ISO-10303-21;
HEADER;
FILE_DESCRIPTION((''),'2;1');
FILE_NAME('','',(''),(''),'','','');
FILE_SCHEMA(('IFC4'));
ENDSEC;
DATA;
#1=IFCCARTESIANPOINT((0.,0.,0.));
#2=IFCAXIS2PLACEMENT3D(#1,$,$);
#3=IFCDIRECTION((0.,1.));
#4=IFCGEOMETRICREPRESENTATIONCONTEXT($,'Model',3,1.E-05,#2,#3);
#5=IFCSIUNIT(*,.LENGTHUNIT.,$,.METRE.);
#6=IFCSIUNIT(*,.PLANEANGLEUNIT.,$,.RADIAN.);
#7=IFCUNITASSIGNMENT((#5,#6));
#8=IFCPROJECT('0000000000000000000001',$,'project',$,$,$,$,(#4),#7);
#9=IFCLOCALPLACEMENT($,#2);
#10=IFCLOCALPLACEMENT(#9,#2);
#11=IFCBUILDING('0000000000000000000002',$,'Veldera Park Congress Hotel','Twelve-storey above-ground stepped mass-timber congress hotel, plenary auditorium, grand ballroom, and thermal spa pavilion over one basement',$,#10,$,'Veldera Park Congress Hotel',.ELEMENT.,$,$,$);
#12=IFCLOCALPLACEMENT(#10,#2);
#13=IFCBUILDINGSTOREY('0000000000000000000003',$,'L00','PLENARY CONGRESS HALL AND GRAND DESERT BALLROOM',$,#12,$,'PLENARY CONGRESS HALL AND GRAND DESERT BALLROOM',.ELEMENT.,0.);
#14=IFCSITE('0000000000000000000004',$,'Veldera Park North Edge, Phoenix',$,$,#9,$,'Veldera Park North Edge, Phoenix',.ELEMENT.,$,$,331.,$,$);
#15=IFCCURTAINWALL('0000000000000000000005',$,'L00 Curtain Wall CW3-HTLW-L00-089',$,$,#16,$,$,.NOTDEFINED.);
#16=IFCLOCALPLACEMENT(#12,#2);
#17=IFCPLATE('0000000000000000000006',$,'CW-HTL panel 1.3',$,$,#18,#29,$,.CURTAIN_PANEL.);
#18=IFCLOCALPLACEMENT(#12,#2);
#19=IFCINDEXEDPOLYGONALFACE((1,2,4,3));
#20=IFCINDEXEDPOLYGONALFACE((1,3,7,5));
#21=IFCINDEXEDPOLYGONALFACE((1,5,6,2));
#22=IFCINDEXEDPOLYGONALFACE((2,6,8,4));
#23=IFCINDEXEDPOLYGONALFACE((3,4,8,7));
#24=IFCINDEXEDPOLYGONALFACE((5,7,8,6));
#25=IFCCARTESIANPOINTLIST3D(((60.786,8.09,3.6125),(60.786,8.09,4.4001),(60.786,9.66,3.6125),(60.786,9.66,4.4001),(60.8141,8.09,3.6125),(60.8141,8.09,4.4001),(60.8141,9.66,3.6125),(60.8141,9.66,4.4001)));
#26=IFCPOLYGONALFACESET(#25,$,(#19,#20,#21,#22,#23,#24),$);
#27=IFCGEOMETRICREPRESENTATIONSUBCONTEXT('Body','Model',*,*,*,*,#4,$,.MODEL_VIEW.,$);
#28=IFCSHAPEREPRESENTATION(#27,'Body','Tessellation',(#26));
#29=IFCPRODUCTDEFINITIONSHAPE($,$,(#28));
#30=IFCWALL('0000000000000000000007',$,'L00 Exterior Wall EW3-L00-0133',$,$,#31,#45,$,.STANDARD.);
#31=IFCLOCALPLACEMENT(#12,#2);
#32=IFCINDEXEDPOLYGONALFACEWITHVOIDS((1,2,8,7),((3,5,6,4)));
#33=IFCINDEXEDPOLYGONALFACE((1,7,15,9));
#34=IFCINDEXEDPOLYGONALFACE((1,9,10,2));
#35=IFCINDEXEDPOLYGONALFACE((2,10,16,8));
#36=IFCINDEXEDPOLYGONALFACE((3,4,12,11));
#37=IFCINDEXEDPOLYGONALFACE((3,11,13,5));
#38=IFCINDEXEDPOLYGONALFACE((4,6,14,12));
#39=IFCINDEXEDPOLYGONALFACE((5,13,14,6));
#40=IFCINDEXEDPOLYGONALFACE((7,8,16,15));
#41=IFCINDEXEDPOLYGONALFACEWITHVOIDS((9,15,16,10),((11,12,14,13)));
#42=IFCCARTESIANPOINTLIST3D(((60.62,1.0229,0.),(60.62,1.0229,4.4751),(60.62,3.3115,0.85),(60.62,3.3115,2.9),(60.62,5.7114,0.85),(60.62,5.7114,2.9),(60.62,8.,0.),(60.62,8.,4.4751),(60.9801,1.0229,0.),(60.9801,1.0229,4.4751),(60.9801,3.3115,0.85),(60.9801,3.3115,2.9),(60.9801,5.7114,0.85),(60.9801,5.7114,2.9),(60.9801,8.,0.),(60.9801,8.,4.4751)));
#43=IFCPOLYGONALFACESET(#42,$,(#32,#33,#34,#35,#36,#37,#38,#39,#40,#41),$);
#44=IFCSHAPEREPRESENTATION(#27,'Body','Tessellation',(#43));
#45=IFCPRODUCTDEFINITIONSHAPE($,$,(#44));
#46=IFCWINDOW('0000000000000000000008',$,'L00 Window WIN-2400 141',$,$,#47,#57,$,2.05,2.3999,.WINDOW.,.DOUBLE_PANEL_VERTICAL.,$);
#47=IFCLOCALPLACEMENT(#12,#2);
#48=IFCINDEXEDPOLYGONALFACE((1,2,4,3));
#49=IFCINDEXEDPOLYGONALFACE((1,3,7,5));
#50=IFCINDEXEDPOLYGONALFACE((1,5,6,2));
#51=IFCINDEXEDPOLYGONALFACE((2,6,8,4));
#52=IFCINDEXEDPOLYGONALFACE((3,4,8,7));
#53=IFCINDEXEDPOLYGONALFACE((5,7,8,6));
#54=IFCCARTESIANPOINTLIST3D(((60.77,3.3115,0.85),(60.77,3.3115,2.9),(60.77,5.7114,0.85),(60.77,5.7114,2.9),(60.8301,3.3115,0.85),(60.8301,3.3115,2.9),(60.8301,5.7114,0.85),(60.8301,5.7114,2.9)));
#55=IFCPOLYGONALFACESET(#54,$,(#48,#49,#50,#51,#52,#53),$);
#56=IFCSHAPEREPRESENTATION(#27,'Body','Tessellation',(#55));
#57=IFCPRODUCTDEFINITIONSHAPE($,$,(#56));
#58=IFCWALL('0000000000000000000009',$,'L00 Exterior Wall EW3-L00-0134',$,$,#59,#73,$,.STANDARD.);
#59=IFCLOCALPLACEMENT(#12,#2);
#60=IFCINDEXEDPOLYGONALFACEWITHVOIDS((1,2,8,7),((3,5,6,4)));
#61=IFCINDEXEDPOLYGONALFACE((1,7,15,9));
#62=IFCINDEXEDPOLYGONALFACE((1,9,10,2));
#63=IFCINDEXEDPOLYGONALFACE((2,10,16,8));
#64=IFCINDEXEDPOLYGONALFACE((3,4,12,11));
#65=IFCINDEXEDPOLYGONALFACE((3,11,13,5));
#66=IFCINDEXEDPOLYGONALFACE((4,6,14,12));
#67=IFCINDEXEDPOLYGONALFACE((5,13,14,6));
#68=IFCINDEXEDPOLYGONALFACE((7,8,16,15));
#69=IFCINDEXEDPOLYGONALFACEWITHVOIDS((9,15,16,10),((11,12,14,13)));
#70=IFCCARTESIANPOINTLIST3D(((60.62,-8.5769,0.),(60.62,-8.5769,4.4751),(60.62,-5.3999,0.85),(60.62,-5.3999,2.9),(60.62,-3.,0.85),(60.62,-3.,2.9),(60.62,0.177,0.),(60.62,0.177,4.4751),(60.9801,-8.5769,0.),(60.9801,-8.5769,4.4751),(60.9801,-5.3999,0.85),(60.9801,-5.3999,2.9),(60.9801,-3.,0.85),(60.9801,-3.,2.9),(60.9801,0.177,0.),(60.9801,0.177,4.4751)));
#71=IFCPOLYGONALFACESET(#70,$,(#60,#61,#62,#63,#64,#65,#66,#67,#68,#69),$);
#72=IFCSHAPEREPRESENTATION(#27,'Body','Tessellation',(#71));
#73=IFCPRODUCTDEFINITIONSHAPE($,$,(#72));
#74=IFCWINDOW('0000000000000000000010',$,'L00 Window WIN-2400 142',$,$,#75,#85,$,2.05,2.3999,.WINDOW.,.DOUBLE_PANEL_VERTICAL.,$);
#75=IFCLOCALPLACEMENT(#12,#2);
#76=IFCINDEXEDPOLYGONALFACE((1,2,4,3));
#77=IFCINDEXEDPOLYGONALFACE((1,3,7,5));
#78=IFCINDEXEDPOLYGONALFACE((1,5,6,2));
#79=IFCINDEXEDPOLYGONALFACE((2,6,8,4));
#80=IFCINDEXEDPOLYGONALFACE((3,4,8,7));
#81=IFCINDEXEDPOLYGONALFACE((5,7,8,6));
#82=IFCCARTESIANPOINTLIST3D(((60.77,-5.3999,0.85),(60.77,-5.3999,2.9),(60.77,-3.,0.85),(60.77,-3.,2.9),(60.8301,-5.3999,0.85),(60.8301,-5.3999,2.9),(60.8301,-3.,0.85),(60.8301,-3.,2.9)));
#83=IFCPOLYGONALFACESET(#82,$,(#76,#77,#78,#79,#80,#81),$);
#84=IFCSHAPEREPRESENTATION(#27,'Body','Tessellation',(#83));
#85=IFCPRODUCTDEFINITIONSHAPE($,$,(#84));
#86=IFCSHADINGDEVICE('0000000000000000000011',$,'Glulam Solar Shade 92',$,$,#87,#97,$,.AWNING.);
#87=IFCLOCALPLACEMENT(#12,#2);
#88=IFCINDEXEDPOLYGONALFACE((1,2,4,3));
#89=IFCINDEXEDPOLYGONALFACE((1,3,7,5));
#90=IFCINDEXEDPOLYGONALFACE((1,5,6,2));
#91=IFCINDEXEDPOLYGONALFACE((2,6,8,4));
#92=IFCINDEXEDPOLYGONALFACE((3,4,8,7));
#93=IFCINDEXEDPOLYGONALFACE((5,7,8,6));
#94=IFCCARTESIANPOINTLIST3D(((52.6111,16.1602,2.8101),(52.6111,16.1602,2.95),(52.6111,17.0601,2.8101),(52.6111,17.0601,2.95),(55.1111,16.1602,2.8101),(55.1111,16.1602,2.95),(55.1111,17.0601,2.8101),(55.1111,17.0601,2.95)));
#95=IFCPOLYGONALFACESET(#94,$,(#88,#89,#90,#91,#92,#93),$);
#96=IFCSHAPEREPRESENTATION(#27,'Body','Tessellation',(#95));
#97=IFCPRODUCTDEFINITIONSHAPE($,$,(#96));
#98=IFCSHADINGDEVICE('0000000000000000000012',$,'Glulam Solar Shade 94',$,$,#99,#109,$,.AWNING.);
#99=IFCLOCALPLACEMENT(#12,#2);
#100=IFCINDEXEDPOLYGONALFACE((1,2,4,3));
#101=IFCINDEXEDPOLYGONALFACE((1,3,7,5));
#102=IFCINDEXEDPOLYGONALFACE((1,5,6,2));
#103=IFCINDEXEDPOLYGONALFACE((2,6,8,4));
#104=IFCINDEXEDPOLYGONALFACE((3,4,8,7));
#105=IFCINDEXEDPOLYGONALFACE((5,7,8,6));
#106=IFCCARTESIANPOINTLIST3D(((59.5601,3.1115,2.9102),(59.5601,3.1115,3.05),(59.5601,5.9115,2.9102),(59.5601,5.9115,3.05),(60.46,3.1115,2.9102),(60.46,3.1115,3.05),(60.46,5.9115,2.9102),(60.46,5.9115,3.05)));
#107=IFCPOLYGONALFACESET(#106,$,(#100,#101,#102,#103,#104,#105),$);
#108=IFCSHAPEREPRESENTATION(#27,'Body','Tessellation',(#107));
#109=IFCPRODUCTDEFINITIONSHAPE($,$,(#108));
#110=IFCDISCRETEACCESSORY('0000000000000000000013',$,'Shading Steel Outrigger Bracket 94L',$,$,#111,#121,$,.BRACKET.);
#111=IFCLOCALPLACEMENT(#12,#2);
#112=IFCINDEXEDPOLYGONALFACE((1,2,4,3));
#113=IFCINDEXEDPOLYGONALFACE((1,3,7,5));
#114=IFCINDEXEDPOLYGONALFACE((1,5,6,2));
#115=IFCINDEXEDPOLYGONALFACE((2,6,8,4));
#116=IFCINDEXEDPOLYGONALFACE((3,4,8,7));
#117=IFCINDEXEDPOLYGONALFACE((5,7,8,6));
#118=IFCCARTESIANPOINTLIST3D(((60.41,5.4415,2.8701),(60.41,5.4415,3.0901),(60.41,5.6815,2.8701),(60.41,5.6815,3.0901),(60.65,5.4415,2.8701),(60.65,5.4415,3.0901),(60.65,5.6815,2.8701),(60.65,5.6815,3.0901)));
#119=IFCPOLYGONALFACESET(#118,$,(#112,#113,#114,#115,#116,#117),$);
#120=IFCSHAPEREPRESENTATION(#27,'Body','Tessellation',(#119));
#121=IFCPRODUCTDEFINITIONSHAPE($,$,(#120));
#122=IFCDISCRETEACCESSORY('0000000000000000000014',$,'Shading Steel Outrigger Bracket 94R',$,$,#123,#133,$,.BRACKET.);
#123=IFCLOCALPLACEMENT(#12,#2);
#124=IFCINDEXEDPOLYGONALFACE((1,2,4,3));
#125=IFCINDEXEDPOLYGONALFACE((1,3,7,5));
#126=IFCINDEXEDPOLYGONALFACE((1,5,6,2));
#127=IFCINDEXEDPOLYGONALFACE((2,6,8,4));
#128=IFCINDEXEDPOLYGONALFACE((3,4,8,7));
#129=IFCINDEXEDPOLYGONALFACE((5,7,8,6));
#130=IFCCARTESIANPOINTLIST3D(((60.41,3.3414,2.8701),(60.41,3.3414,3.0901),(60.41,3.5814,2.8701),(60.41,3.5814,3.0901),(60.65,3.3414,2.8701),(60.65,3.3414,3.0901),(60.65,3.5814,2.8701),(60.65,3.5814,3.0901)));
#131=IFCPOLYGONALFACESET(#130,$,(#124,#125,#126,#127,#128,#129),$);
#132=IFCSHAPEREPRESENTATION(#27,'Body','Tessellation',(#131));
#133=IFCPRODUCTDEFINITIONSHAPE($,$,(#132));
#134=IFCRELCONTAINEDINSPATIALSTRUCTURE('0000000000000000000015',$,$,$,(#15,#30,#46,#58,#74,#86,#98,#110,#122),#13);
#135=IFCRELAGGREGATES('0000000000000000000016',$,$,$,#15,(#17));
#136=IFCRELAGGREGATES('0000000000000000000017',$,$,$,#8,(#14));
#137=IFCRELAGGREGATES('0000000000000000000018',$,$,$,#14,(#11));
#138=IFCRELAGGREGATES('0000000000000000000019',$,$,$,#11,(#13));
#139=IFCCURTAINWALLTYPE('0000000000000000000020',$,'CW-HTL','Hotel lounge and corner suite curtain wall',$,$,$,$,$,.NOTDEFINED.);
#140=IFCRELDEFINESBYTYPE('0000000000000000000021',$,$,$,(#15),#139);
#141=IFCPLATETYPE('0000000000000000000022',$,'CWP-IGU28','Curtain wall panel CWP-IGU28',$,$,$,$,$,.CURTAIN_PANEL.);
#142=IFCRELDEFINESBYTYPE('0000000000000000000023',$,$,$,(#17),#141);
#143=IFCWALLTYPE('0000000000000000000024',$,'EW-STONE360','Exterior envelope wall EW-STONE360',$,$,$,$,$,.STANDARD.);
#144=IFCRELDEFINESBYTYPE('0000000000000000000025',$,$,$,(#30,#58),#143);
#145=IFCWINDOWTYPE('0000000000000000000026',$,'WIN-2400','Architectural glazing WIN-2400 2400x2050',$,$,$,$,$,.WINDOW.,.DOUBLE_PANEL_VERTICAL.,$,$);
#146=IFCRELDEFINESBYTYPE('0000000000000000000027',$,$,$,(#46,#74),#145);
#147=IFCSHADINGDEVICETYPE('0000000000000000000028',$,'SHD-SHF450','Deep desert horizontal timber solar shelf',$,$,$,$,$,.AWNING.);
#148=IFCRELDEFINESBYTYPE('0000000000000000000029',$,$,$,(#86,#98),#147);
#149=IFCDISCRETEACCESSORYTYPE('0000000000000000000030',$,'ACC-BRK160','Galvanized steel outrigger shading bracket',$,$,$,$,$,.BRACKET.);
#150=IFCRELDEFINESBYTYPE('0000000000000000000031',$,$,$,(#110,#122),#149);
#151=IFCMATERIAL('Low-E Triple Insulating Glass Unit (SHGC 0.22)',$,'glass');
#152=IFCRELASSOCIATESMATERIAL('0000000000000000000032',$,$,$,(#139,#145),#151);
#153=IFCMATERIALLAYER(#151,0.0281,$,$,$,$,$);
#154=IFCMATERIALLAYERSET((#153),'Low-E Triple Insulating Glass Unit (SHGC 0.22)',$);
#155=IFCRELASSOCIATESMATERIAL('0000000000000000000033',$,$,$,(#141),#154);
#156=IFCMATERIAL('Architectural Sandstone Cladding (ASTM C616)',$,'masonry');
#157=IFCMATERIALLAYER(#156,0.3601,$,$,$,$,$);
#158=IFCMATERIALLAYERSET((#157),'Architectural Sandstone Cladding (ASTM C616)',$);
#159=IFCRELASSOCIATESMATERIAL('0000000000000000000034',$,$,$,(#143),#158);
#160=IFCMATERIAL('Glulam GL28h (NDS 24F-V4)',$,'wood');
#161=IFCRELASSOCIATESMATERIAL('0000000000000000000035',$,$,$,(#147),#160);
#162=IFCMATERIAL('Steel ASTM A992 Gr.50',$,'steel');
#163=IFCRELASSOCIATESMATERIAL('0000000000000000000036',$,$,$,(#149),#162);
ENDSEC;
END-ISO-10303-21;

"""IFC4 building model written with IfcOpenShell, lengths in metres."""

from ifc_helpers import new_model, si_unit, direction, frame, frame_2d, origin, origin_2d, place, context, subcontext, project, spatial, rectangle, extrude, material, layer, layer_set, type_object, element, fill, aggregate, save


model = new_model("IFC4")

# Units and contexts
model_context = context("Model", 3, precision=1e-05, world=origin(), true_north=direction((0.0, 1.0)))
body_context = subcontext(model_context, "Body", "Model", "MODEL_VIEW")
ifc_project = project(units=[si_unit("LENGTHUNIT", "METRE"), si_unit("PLANEANGLEUNIT", "RADIAN")], contexts=[model_context])

# Site, building, storey
site_placement = place(None, origin())
site = spatial("IfcSite", under=ifc_project, at=site_placement, Name="Veldera Park North Edge, Phoenix", LongName="Veldera Park North Edge, Phoenix", CompositionType="ELEMENT", RefElevation=331.0)
building_placement = place(site_placement, origin())
building = spatial("IfcBuilding", under=site, at=building_placement, Name="Veldera Park Congress Hotel", Description="Twelve-storey above-ground stepped mass-timber congress hotel, plenary auditorium, grand ballroom, and thermal spa pavilion over one basement", LongName="Veldera Park Congress Hotel", CompositionType="ELEMENT")
storey_placement = place(building_placement, origin())
storey = spatial("IfcBuildingStorey", under=building, at=storey_placement, Name="L00", Description="PLENARY CONGRESS HALL AND GRAND DESERT BALLROOM", LongName="PLENARY CONGRESS HALL AND GRAND DESERT BALLROOM", CompositionType="ELEMENT", Elevation=0.0)

# Shared definitions
ifc_material_1 = material(Name="Glulam GL28h (NDS 24F-V4)", Category="wood")
ifc_material_2 = material(Name="Steel ASTM A992 Gr.50", Category="steel")

# Curtain wall, plate
ifc_material_3 = material(Name="Low-E Triple Insulating Glass Unit (SHGC 0.22)", Category="glass")
curtain_wall_type = type_object("IfcCurtainWallType", Name="CW-HTL", Description="Hotel lounge and corner suite curtain wall", PredefinedType="NOTDEFINED", material=ifc_material_3)
curtain_wall_placement = place(storey_placement, origin())
curtain_wall = element("IfcCurtainWall", 1, at=curtain_wall_placement, inside=storey, type_object=curtain_wall_type, Name="L00 Curtain Wall CW3-HTLW-L00-089", PredefinedType="NOTDEFINED")
ifc_layer_1 = layer(ifc_material_3, 0.0281)
ifc_layer_set_1 = layer_set([ifc_layer_1], Name="Low-E Triple Insulating Glass Unit (SHGC 0.22)")
plate_type = type_object("IfcPlateType", Name="CWP-IGU28", Description="Curtain wall panel CWP-IGU28", PredefinedType="CURTAIN_PANEL", material=ifc_layer_set_1)
plate_1_placement = place(storey_placement, frame((60.8, 8.875, 3.6125), z_axis=(0.0, 0.0, 1.0), x_axis=(0.0, -1.0, 0.0)))
plate_1 = element("IfcPlate", 2, at=plate_1_placement, type_object=plate_type, Name="CW-HTL panel 1.3", PredefinedType="CURTAIN_PANEL", context=body_context, shape_type="SweptSolid", body=[
    extrude(rectangle(XDim=1.5701, YDim=0.0281, at=origin_2d()), origin(), (0.0, 0.0, 1.0), 0.7876),
])
aggregate(curtain_wall, [plate_1])

# Walls, openings, windows
ifc_material_4 = material(Name="Architectural Sandstone Cladding (ASTM C616)", Category="masonry")
ifc_layer_2 = layer(ifc_material_4, 0.3601)
ifc_layer_set_2 = layer_set([ifc_layer_2], Name="Architectural Sandstone Cladding (ASTM C616)")
wall_type = type_object("IfcWallType", Name="EW-STONE360", Description="Exterior envelope wall EW-STONE360", PredefinedType="STANDARD", material=ifc_layer_set_2)
wall_1_placement = place(storey_placement, frame((60.8, 8.0, 0.0), z_axis=(0.0, 0.0, 1.0), x_axis=(0.0, -1.0, 0.0)))
wall_1 = element("IfcWall", 3, at=wall_1_placement, inside=storey, type_object=wall_type, Name="L00 Exterior Wall EW3-L00-0133", PredefinedType="STANDARD", context=body_context, shape_type="SweptSolid", body=[
    extrude(rectangle(XDim=6.9771, YDim=0.3601, at=frame_2d((3.4885, 0.0))), origin(), (0.0, 0.0, 1.0), 4.4751),
])
opening_1_placement = place(wall_1_placement, frame((2.2886, 0.0, 0.8501)))
opening_1 = element("IfcOpeningElement", 4, at=opening_1_placement, cuts=wall_1, PredefinedType="OPENING", context=body_context, shape_type="SweptSolid", body=[
    extrude(rectangle(XDim=2.3999, YDim=2.05, at=frame_2d((1.2, 1.0249))), frame((0.0, 0.1921, 0.0), z_axis=(0.0, -1.0, 0.0), x_axis=(1.0, 0.0, 0.0)), (0.0, 0.0, 1.0), 0.384),
])
window_type = type_object("IfcWindowType", Name="WIN-2400", Description="Architectural glazing WIN-2400 2400x2050", PartitioningType="DOUBLE_PANEL_VERTICAL", PredefinedType="WINDOW", material=ifc_material_3)
window_1_placement = place(opening_1_placement, origin())
window_1 = element("IfcWindow", 5, at=window_1_placement, inside=storey, type_object=window_type, Name="L00 Window WIN-2400 141", OverallHeight=2.05, OverallWidth=2.3999, PartitioningType="DOUBLE_PANEL_VERTICAL", PredefinedType="WINDOW", context=body_context, shape_type="SweptSolid", body=[
    extrude(rectangle(XDim=2.3999, YDim=2.05, at=frame_2d((1.2, 1.0249))), frame((0.0, 0.03, 0.0), z_axis=(0.0, -1.0, 0.0), x_axis=(1.0, 0.0, 0.0)), (0.0, 0.0, 1.0), 0.0601),
])
fill(opening_1, window_1)
wall_2_placement = place(storey_placement, frame((60.8, 0.177, 0.0), z_axis=(0.0, 0.0, 1.0), x_axis=(0.0, -1.0, 0.0)))
wall_2 = element("IfcWall", 6, at=wall_2_placement, inside=storey, type_object=wall_type, Name="L00 Exterior Wall EW3-L00-0134", PredefinedType="STANDARD", context=body_context, shape_type="SweptSolid", body=[
    extrude(rectangle(XDim=8.7539, YDim=0.3601, at=frame_2d((4.377, 0.0))), origin(), (0.0, 0.0, 1.0), 4.4751),
])
opening_2_placement = place(wall_2_placement, frame((3.177, 0.0, 0.8501)))
opening_2 = element("IfcOpeningElement", 7, at=opening_2_placement, cuts=wall_2, PredefinedType="OPENING", context=body_context, shape_type="SweptSolid", body=[
    extrude(rectangle(XDim=2.3999, YDim=2.05, at=frame_2d((1.2, 1.0249))), frame((0.0, 0.1921, 0.0), z_axis=(0.0, -1.0, 0.0), x_axis=(1.0, 0.0, 0.0)), (0.0, 0.0, 1.0), 0.384),
])
window_2_placement = place(opening_2_placement, origin())
window_2 = element("IfcWindow", 8, at=window_2_placement, inside=storey, type_object=window_type, Name="L00 Window WIN-2400 142", OverallHeight=2.05, OverallWidth=2.3999, PartitioningType="DOUBLE_PANEL_VERTICAL", PredefinedType="WINDOW", context=body_context, shape_type="SweptSolid", body=[
    extrude(rectangle(XDim=2.3999, YDim=2.05, at=frame_2d((1.2, 1.0249))), frame((0.0, 0.03, 0.0), z_axis=(0.0, -1.0, 0.0), x_axis=(1.0, 0.0, 0.0)), (0.0, 0.0, 1.0), 0.0601),
])
fill(opening_2, window_2)

# Shading devices
shading_device_type = type_object("IfcShadingDeviceType", Name="SHD-SHF450", Description="Deep desert horizontal timber solar shelf", PredefinedType="AWNING", material=ifc_material_1)
shading_device_1_placement = place(storey_placement, frame((53.8611, 16.6101, 2.8101), z_axis=(0.0, 0.0, 1.0), x_axis=(1.0, 0.0, 0.0)))
element("IfcShadingDevice", 9, at=shading_device_1_placement, inside=storey, type_object=shading_device_type, Name="Glulam Solar Shade 92", PredefinedType="AWNING", context=body_context, shape_type="SweptSolid", body=[
    extrude(rectangle(XDim=2.5, YDim=0.8999, at=origin_2d()), origin(), (0.0, 0.0, 1.0), 0.1399),
])
shading_device_2_placement = place(storey_placement, frame((60.01, 4.5115, 2.9102), z_axis=(0.0, 0.0, 1.0), x_axis=(0.0, -1.0, 0.0)))
element("IfcShadingDevice", 10, at=shading_device_2_placement, inside=storey, type_object=shading_device_type, Name="Glulam Solar Shade 94", PredefinedType="AWNING", context=body_context, shape_type="SweptSolid", body=[
    extrude(rectangle(XDim=2.8, YDim=0.8999, at=origin_2d()), origin(), (0.0, 0.0, 1.0), 0.1399),
])

# Discrete accessories
discrete_accessory_type = type_object("IfcDiscreteAccessoryType", Name="ACC-BRK160", Description="Galvanized steel outrigger shading bracket", PredefinedType="BRACKET", material=ifc_material_2)
for number, where, z_axis, x_axis, name in (
    (11, (60.53, 5.5615, 2.8701), (0.0, 0.0, 1.0), (0.0, -1.0, 0.0), "Shading Steel Outrigger Bracket 94L"),
    (12, (60.53, 3.4614, 2.8701), (0.0, 0.0, 1.0), (0.0, -1.0, 0.0), "Shading Steel Outrigger Bracket 94R"),
):
    element("IfcDiscreteAccessory", number, at=place(storey_placement, frame(where, z_axis=z_axis, x_axis=x_axis)), inside=storey, type_object=discrete_accessory_type, Name=name, PredefinedType="BRACKET", context=body_context, shape_type="SweptSolid", body=[
        extrude(rectangle(XDim=0.24, YDim=0.24, at=origin_2d()), origin(), (0.0, 0.0, 1.0), 0.22),
    ])

save(model, "model.ifc")
